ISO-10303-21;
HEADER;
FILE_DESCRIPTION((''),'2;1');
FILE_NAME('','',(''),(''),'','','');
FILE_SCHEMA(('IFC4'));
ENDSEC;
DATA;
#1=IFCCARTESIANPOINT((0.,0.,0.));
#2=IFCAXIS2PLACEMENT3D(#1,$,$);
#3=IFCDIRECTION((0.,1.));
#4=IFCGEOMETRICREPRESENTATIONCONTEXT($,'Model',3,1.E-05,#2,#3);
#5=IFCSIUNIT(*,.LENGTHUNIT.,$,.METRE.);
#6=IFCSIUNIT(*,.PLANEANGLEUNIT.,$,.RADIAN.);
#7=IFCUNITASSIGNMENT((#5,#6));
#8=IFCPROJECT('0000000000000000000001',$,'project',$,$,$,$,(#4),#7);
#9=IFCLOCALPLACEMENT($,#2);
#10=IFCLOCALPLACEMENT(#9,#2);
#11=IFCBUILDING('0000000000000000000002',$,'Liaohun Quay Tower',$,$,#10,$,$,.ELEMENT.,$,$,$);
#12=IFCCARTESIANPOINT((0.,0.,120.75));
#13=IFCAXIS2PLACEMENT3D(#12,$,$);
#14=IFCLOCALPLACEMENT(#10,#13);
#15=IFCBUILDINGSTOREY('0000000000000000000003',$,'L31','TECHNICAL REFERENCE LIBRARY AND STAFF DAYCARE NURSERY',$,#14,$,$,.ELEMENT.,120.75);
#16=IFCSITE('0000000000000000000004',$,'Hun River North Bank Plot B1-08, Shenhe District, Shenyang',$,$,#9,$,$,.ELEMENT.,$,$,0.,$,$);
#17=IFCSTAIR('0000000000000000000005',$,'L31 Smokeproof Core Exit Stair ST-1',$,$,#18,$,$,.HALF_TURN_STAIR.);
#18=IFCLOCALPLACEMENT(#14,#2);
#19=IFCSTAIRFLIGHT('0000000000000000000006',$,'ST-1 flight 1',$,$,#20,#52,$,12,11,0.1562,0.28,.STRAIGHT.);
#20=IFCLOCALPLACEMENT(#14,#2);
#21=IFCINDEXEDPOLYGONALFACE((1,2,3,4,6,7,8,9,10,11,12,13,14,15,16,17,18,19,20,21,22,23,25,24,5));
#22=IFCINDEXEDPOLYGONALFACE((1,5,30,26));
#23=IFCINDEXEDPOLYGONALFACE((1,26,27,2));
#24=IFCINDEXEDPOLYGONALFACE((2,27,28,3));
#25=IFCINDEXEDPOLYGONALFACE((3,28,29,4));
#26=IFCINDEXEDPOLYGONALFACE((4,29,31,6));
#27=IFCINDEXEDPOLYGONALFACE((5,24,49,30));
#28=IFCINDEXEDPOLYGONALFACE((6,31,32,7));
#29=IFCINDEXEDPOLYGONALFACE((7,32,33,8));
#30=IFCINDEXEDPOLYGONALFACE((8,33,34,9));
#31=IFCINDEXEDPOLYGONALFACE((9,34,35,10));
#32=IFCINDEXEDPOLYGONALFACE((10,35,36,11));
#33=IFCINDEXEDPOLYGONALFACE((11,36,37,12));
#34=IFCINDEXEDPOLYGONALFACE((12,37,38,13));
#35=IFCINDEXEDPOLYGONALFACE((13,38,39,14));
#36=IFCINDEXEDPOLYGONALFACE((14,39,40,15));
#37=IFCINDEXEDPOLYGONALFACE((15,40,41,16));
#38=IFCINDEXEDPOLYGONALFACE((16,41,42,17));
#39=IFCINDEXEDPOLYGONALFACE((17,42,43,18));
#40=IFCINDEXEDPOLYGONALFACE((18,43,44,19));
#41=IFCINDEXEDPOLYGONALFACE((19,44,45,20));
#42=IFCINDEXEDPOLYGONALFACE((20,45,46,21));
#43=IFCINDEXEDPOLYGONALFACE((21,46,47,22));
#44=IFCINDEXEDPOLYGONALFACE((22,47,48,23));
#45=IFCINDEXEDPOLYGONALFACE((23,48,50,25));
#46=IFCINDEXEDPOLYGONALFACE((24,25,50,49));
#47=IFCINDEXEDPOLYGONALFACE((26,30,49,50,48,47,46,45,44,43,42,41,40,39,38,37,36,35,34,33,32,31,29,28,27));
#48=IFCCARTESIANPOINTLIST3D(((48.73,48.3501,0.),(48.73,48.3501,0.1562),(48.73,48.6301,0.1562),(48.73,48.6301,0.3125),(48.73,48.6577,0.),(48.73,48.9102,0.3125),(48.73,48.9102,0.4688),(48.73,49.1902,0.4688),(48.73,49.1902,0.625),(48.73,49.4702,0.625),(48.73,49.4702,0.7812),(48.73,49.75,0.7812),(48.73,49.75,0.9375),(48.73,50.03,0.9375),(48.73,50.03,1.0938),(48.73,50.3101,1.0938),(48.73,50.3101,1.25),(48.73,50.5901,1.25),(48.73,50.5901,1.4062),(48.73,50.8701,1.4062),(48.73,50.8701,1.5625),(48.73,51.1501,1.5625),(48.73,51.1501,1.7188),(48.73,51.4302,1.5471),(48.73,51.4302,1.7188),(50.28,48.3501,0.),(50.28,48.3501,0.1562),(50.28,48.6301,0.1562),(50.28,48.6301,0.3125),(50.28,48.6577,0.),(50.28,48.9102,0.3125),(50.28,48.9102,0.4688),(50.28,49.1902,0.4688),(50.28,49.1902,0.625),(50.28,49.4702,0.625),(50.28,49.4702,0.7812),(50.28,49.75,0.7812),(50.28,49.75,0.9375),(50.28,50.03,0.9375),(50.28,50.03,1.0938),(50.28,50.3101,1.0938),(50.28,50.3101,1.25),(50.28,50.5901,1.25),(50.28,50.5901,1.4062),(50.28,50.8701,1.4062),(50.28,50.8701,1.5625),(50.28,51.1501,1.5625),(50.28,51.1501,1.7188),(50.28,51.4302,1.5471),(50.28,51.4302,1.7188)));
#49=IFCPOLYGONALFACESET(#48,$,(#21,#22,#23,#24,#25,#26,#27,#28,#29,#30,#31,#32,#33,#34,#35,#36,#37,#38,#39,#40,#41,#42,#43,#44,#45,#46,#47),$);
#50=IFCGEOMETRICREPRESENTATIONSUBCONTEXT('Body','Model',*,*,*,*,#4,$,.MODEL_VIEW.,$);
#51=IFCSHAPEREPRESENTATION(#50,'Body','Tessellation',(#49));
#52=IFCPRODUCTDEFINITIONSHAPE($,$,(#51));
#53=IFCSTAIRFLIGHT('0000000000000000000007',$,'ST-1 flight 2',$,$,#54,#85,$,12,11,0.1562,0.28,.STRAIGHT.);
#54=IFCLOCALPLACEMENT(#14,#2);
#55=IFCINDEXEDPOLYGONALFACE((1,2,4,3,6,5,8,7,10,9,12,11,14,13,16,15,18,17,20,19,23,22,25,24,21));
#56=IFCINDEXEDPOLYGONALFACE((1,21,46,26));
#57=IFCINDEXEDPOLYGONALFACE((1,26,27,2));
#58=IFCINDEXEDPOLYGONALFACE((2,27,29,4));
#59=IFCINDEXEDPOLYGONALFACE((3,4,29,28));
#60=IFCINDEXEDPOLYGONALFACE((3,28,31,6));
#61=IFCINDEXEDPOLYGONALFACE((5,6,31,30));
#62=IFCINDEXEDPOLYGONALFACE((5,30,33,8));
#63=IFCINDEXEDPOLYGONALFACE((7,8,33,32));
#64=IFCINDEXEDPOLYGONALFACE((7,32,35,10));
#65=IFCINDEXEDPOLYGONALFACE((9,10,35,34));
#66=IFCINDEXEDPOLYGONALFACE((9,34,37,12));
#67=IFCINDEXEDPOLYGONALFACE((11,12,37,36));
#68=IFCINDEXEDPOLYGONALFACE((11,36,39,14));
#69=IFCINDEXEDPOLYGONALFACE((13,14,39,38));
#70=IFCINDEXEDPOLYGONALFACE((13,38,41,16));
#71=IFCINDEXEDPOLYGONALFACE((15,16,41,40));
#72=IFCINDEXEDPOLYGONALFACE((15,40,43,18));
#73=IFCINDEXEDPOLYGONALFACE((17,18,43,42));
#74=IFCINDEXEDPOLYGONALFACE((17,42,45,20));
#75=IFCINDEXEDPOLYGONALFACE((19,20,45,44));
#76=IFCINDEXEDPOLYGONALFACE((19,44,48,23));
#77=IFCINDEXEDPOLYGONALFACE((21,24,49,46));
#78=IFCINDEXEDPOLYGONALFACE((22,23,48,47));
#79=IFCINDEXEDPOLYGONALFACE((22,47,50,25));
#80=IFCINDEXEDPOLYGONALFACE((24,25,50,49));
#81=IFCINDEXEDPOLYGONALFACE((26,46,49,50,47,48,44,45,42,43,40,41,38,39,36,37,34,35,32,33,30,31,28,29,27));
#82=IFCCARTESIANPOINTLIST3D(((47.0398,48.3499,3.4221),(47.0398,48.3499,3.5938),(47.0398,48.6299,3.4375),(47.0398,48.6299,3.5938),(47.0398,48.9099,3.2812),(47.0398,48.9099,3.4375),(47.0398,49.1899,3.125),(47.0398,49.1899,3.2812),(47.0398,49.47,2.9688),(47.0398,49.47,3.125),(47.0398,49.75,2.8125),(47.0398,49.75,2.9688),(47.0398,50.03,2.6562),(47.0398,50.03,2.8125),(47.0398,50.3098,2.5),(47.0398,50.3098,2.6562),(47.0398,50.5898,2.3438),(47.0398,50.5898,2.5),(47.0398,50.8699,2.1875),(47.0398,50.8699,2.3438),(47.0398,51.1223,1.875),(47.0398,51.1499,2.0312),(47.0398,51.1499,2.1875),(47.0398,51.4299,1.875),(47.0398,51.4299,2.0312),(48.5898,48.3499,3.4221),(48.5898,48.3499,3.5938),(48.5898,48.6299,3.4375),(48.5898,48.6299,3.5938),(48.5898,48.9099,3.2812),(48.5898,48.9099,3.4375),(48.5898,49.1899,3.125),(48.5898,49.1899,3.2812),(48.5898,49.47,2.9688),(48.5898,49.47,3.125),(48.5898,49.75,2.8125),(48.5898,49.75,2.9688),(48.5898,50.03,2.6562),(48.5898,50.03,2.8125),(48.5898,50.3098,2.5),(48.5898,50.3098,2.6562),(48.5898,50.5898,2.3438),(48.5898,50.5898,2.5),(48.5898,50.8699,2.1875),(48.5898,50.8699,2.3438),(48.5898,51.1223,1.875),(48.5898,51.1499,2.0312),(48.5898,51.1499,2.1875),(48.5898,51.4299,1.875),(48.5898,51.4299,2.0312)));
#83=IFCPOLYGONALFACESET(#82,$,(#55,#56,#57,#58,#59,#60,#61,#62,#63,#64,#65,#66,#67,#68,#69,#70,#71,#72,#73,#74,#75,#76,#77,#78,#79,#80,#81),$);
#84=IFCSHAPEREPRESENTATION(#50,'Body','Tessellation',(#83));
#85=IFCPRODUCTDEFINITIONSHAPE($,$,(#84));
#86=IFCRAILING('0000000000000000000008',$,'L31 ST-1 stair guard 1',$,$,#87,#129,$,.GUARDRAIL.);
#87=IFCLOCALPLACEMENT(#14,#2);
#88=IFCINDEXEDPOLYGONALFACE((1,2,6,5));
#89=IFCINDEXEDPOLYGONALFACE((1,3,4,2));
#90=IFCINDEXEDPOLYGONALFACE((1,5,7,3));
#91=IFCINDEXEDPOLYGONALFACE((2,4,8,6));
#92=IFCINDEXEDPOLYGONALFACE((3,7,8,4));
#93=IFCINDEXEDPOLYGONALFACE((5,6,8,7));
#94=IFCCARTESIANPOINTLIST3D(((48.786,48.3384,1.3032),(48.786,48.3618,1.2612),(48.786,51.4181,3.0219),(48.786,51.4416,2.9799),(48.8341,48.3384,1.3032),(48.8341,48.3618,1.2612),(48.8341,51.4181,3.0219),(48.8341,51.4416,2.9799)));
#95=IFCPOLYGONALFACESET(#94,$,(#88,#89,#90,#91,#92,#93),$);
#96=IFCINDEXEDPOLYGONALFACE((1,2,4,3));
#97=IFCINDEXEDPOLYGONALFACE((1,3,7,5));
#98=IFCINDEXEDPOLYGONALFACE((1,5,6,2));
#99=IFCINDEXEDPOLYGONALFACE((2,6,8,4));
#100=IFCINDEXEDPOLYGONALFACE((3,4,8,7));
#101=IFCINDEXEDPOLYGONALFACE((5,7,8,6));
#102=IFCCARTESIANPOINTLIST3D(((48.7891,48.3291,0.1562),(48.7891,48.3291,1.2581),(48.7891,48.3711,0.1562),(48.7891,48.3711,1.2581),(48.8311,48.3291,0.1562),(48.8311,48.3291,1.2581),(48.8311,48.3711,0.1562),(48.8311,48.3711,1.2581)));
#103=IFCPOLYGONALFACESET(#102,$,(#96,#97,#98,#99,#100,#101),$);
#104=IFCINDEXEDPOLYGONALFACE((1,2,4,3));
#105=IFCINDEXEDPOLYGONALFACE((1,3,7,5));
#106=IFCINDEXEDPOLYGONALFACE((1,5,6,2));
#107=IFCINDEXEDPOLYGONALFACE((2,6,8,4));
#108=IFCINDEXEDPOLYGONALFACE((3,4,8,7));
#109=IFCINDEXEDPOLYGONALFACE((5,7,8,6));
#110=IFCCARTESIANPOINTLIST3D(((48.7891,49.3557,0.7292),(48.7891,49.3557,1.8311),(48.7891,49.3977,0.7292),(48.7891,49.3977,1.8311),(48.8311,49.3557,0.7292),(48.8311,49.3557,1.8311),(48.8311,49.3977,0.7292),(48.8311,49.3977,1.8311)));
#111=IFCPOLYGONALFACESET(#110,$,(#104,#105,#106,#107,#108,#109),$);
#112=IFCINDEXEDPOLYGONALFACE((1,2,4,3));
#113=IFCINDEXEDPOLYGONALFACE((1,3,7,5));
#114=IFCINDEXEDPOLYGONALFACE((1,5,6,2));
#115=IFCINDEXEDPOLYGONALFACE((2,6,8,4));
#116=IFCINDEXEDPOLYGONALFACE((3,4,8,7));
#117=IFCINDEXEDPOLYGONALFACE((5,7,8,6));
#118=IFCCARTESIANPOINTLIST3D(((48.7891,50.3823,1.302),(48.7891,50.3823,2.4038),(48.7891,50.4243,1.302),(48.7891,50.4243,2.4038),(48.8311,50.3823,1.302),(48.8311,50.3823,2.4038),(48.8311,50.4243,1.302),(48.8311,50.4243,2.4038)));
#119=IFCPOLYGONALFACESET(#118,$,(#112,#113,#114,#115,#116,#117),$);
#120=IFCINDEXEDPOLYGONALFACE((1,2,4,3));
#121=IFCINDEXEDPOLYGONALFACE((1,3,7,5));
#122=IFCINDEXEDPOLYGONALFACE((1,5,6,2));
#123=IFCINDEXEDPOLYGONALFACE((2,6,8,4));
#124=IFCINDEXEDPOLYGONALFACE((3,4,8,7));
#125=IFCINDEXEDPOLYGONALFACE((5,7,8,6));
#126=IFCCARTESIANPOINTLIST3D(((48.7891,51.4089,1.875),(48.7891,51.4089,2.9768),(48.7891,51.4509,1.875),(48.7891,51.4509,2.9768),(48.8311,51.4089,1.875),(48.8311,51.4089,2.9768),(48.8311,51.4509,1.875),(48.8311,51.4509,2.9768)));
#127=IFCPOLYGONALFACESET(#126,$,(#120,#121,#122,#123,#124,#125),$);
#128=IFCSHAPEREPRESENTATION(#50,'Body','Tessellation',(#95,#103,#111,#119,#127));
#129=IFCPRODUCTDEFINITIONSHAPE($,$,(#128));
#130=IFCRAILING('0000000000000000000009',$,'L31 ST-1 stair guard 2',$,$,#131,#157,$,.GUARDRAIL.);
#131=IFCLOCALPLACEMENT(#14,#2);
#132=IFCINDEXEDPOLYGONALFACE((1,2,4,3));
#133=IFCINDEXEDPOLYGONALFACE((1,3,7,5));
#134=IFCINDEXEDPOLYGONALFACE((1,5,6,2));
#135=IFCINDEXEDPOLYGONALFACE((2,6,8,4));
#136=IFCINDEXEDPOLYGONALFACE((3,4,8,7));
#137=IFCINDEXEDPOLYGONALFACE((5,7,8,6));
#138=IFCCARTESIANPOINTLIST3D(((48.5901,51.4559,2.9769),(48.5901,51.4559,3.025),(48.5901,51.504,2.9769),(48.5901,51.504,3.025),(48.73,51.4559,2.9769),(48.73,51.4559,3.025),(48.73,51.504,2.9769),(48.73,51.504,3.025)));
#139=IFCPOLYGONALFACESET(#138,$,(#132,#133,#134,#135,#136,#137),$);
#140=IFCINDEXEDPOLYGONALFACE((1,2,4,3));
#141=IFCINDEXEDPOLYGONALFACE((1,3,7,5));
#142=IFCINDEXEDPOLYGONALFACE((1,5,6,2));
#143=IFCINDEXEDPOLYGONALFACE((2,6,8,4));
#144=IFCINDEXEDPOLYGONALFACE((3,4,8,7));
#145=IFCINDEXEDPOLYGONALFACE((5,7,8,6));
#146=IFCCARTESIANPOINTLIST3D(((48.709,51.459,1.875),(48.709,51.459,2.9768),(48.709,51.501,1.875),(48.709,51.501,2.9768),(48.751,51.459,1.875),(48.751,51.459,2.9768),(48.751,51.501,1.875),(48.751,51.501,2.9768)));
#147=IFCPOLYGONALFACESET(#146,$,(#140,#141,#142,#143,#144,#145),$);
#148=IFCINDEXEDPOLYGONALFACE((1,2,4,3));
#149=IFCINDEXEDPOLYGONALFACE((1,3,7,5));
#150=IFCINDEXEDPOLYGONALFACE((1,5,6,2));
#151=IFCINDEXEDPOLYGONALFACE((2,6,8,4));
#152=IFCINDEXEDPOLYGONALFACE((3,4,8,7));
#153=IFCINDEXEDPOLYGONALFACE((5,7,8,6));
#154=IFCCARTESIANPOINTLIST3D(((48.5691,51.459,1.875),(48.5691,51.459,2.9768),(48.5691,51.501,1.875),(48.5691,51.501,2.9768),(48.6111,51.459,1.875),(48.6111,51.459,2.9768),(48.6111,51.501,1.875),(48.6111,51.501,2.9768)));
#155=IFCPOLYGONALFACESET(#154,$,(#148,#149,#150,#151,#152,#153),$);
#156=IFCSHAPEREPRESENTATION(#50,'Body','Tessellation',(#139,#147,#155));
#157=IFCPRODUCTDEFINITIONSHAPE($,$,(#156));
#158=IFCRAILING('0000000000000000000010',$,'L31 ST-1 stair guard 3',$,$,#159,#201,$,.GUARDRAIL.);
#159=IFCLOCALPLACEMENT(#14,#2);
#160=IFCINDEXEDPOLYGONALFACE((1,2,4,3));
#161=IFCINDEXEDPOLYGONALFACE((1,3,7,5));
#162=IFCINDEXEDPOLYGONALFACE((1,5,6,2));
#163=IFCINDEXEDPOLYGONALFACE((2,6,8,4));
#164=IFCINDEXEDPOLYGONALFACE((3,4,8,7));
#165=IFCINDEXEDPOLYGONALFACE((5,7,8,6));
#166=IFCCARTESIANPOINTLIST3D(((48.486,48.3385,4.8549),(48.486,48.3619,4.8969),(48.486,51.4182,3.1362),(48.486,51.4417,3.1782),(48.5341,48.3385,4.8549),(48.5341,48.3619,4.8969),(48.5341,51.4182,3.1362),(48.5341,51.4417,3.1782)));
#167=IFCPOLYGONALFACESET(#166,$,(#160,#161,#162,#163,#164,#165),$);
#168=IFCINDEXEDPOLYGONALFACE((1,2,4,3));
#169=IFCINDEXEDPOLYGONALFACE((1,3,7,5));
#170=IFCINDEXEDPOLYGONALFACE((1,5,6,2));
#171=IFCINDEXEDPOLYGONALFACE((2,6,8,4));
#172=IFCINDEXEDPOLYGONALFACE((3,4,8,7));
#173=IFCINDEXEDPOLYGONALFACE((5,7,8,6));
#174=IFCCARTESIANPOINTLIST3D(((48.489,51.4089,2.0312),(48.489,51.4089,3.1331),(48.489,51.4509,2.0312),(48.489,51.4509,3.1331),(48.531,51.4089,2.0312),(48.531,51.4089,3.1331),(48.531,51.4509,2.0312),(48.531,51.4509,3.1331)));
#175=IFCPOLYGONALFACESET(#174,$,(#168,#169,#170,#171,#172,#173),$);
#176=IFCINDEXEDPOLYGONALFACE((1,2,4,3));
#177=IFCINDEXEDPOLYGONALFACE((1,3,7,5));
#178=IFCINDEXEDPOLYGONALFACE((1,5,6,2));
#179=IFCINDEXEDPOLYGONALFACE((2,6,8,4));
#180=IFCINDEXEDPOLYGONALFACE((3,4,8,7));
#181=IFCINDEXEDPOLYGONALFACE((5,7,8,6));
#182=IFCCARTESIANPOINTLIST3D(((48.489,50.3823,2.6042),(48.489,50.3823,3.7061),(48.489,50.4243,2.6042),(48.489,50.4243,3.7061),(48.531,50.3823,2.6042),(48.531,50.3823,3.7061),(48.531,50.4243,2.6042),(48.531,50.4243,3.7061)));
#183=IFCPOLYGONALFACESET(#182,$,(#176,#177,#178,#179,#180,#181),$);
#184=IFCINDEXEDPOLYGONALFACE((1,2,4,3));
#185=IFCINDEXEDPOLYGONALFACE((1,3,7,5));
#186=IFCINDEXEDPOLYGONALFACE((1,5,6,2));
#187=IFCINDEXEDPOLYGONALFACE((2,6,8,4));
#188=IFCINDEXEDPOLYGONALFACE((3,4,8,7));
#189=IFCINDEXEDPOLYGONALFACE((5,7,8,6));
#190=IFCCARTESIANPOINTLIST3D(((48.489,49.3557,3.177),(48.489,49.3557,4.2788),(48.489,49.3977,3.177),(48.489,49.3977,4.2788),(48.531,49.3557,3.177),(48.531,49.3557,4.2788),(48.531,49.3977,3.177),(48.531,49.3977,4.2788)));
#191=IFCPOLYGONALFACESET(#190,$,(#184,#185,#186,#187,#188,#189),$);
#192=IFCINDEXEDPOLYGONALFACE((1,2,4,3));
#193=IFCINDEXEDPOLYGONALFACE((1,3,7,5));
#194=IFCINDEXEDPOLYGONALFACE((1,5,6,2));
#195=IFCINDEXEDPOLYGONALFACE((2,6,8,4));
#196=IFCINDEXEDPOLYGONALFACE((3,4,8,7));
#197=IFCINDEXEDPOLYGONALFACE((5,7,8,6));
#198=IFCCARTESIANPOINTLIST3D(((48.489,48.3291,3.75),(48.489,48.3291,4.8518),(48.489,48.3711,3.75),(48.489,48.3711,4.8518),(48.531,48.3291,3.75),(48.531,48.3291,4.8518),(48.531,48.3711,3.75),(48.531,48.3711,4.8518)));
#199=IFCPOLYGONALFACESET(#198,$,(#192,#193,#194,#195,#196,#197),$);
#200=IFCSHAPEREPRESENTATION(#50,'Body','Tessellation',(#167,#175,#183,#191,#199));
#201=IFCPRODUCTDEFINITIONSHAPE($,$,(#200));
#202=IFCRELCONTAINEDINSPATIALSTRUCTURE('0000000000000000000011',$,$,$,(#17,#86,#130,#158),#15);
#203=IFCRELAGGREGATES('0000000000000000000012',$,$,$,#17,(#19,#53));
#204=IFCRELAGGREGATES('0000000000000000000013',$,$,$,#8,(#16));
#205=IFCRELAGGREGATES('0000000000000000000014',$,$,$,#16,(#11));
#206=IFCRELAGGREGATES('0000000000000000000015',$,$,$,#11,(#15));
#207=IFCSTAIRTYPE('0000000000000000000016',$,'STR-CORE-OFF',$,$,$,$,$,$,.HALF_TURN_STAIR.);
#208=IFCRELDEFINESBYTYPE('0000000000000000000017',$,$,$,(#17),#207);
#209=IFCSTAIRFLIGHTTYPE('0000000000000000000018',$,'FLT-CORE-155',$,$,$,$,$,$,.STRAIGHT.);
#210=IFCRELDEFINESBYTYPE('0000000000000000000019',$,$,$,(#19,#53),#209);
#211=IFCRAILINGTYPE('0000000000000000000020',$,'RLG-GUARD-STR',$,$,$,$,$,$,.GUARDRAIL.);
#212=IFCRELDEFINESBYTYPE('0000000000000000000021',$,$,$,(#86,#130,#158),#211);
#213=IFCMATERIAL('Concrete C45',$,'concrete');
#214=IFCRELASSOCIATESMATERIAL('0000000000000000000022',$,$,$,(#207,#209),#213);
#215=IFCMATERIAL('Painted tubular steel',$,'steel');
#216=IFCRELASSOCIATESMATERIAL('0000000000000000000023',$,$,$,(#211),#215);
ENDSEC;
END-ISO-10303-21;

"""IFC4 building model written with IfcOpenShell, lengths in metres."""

from ifc_helpers import new_model, si_unit, direction, frame, origin, origin_2d, place, context, subcontext, project, spatial, polyline, rectangle, outline, extrude, material, type_object, element, aggregate, save


model = new_model("IFC4")

# Units and contexts
model_context = context("Model", 3, precision=1e-05, world=origin(), true_north=direction((0.0, 1.0)))
body_context = subcontext(model_context, "Body", "Model", "MODEL_VIEW")
ifc_project = project(units=[si_unit("LENGTHUNIT", "METRE"), si_unit("PLANEANGLEUNIT", "RADIAN")], contexts=[model_context])

# Site, building, storey
site_placement = place(None, origin())
site = spatial("IfcSite", under=ifc_project, at=site_placement, Name="Hun River North Bank Plot B1-08, Shenhe District, Shenyang", CompositionType="ELEMENT", RefElevation=0.0)
building_placement = place(site_placement, origin())
building = spatial("IfcBuilding", under=site, at=building_placement, Name="Liaohun Quay Tower", CompositionType="ELEMENT")
storey_placement = place(building_placement, frame((0.0, 0.0, 120.75)))
storey = spatial("IfcBuildingStorey", under=building, at=storey_placement, Name="L31", Description="TECHNICAL REFERENCE LIBRARY AND STAFF DAYCARE NURSERY", CompositionType="ELEMENT", Elevation=120.75)

# Stair
ifc_material_1 = material(Name="Concrete C45", Category="concrete")
stair_type = type_object("IfcStairType", Name="STR-CORE-OFF", PredefinedType="HALF_TURN_STAIR", material=ifc_material_1)
stair_1_placement = place(storey_placement, origin())
stair_1 = element("IfcStair", 1, at=stair_1_placement, inside=storey, type_object=stair_type, Name="L31 Smokeproof Core Exit Stair ST-1", PredefinedType="HALF_TURN_STAIR")

# Stair flights
stair_flight_type = type_object("IfcStairFlightType", Name="FLT-CORE-155", PredefinedType="STRAIGHT", material=ifc_material_1)
stair_flight_1_placement = place(storey_placement, frame((49.5049, 48.3501, 0.0), z_axis=(0.0, 0.0, 1.0), x_axis=(0.0, 1.0, 0.0)))
stair_flight_1 = element("IfcStairFlight", 2, at=stair_flight_1_placement, type_object=stair_flight_type, Name="ST-1 flight 1", NumberOfRisers=12, NumberOfTreads=11, PredefinedType="STRAIGHT", RiserHeight=0.1562, TreadLength=0.28, context=body_context, shape_type="SweptSolid", body=[
    extrude(outline(polyline([(0.0, 0.0), (0.0, 0.1562), (0.28, 0.1562), (0.28, 0.3125), (0.5601, 0.3125), (0.5601, 0.4688), (0.8401, 0.4688), (0.8401, 0.625), (1.1201, 0.625), (1.1201, 0.7812), (1.3999, 0.7812), (1.3999, 0.9375), (1.6799, 0.9375), (1.6799, 1.0938), (1.96, 1.0938), (1.96, 1.25), (2.24, 1.25), (2.24, 1.4062), (2.52, 1.4062), (2.52, 1.5625), (2.8, 1.5625), (2.8, 1.7188), (3.0801, 1.7188), (3.0801, 1.875), (3.0801, 1.5471), (0.3076, 0.0), (0.0, 0.0)])), frame((0.0, 0.7749, 0.0), z_axis=(0.0, -1.0, 0.0), x_axis=(1.0, 0.0, 0.0)), (0.0, 0.0, 1.0), 1.55),
])
stair_flight_2_placement = place(storey_placement, frame((47.8149, 51.4299, 1.875), z_axis=(0.0, 0.0, 1.0), x_axis=(0.0, -1.0, 0.0)))
stair_flight_2 = element("IfcStairFlight", 3, at=stair_flight_2_placement, type_object=stair_flight_type, Name="ST-1 flight 2", NumberOfRisers=12, NumberOfTreads=11, PredefinedType="STRAIGHT", RiserHeight=0.1562, TreadLength=0.28, context=body_context, shape_type="SweptSolid", body=[
    extrude(outline(polyline([(0.0, 0.0), (0.0, 0.1562), (0.28, 0.1562), (0.28, 0.3125), (0.5601, 0.3125), (0.5601, 0.4688), (0.8401, 0.4688), (0.8401, 0.625), (1.1201, 0.625), (1.1201, 0.7812), (1.3999, 0.7812), (1.3999, 0.9375), (1.6799, 0.9375), (1.6799, 1.0938), (1.96, 1.0938), (1.96, 1.25), (2.24, 1.25), (2.24, 1.4062), (2.52, 1.4062), (2.52, 1.5625), (2.8, 1.5625), (2.8, 1.7188), (3.0801, 1.7188), (3.0801, 1.875), (3.0801, 1.5471), (0.3076, 0.0), (0.0, 0.0)])), frame((0.0, 0.7749, 0.0), z_axis=(0.0, -1.0, 0.0), x_axis=(1.0, 0.0, 0.0)), (0.0, 0.0, 1.0), 1.55),
])
aggregate(stair_1, [stair_flight_1, stair_flight_2])

# Railings
ifc_material_2 = material(Name="Painted tubular steel", Category="steel")
railing_type_1 = type_object("IfcRailingType", Name="RLG-GUARD-STR", PredefinedType="GUARDRAIL", material=ifc_material_2)
railing_1_placement = place(storey_placement, frame((48.8101, 48.3501, 0.1562)))
element("IfcRailing", 4, at=railing_1_placement, inside=storey, type_object=railing_type_1, Name="L31 ST-1 stair guard 1", PredefinedType="GUARDRAIL", context=body_context, shape_type="SweptSolid", body=[
    extrude(rectangle(XDim=0.0481, YDim=0.0481, at=origin_2d()), frame((0.0, 0.0, 1.126), z_axis=(0.0, 0.873225, 0.487317), x_axis=(-1.0, 0.0, 0.0)), (0.0, 0.0, 1.0), 3.5269),
    extrude(rectangle(XDim=0.042, YDim=0.042, at=origin_2d()), origin(), (0.0, 0.0, 1.0), 1.1018),
    extrude(rectangle(XDim=0.042, YDim=0.042, at=origin_2d()), frame((0.0, 1.0266, 0.573)), (0.0, 0.0, 1.0), 1.1018),
    extrude(rectangle(XDim=0.042, YDim=0.042, at=origin_2d()), frame((0.0, 2.0532, 1.1458)), (0.0, 0.0, 1.0), 1.1018),
    extrude(rectangle(XDim=0.042, YDim=0.042, at=origin_2d()), frame((0.0, 3.0798, 1.7188)), (0.0, 0.0, 1.0), 1.1018),
])
railing_2_placement = place(storey_placement, frame((48.73, 51.48, 1.875)))
element("IfcRailing", 5, at=railing_2_placement, inside=storey, type_object=railing_type_1, Name="L31 ST-1 stair guard 2", PredefinedType="GUARDRAIL", context=body_context, shape_type="SweptSolid", body=[
    extrude(rectangle(XDim=0.0481, YDim=0.0481, at=origin_2d()), frame((0.0, 0.0, 1.126), z_axis=(-1.0, 0.0, 0.0), x_axis=(0.0, -1.0, 0.0)), (0.0, 0.0, 1.0), 0.1399),
    extrude(rectangle(XDim=0.042, YDim=0.042, at=origin_2d()), origin(), (0.0, 0.0, 1.0), 1.1018),
    extrude(rectangle(XDim=0.042, YDim=0.042, at=origin_2d()), frame((-0.1399, 0.0, 0.0)), (0.0, 0.0, 1.0), 1.1018),
])
railing_3_placement = place(storey_placement, frame((48.51, 51.4299, 2.0312)))
element("IfcRailing", 6, at=railing_3_placement, inside=storey, type_object=railing_type_1, Name="L31 ST-1 stair guard 3", PredefinedType="GUARDRAIL", context=body_context, shape_type="SweptSolid", body=[
    extrude(rectangle(XDim=0.0481, YDim=0.0481, at=origin_2d()), frame((0.0, 0.0, 1.126), z_axis=(0.0, -0.873225, 0.487317), x_axis=(1.0, 0.0, 0.0)), (0.0, 0.0, 1.0), 3.5269),
    extrude(rectangle(XDim=0.042, YDim=0.042, at=origin_2d()), origin(), (0.0, 0.0, 1.0), 1.1018),
    extrude(rectangle(XDim=0.042, YDim=0.042, at=origin_2d()), frame((0.0, -1.0266, 0.573)), (0.0, 0.0, 1.0), 1.1018),
    extrude(rectangle(XDim=0.042, YDim=0.042, at=origin_2d()), frame((0.0, -2.0532, 1.1458)), (0.0, 0.0, 1.0), 1.1018),
    extrude(rectangle(XDim=0.042, YDim=0.042, at=origin_2d()), frame((0.0, -3.0798, 1.7188)), (0.0, 0.0, 1.0), 1.1018),
])

save(model, "model.ifc")
